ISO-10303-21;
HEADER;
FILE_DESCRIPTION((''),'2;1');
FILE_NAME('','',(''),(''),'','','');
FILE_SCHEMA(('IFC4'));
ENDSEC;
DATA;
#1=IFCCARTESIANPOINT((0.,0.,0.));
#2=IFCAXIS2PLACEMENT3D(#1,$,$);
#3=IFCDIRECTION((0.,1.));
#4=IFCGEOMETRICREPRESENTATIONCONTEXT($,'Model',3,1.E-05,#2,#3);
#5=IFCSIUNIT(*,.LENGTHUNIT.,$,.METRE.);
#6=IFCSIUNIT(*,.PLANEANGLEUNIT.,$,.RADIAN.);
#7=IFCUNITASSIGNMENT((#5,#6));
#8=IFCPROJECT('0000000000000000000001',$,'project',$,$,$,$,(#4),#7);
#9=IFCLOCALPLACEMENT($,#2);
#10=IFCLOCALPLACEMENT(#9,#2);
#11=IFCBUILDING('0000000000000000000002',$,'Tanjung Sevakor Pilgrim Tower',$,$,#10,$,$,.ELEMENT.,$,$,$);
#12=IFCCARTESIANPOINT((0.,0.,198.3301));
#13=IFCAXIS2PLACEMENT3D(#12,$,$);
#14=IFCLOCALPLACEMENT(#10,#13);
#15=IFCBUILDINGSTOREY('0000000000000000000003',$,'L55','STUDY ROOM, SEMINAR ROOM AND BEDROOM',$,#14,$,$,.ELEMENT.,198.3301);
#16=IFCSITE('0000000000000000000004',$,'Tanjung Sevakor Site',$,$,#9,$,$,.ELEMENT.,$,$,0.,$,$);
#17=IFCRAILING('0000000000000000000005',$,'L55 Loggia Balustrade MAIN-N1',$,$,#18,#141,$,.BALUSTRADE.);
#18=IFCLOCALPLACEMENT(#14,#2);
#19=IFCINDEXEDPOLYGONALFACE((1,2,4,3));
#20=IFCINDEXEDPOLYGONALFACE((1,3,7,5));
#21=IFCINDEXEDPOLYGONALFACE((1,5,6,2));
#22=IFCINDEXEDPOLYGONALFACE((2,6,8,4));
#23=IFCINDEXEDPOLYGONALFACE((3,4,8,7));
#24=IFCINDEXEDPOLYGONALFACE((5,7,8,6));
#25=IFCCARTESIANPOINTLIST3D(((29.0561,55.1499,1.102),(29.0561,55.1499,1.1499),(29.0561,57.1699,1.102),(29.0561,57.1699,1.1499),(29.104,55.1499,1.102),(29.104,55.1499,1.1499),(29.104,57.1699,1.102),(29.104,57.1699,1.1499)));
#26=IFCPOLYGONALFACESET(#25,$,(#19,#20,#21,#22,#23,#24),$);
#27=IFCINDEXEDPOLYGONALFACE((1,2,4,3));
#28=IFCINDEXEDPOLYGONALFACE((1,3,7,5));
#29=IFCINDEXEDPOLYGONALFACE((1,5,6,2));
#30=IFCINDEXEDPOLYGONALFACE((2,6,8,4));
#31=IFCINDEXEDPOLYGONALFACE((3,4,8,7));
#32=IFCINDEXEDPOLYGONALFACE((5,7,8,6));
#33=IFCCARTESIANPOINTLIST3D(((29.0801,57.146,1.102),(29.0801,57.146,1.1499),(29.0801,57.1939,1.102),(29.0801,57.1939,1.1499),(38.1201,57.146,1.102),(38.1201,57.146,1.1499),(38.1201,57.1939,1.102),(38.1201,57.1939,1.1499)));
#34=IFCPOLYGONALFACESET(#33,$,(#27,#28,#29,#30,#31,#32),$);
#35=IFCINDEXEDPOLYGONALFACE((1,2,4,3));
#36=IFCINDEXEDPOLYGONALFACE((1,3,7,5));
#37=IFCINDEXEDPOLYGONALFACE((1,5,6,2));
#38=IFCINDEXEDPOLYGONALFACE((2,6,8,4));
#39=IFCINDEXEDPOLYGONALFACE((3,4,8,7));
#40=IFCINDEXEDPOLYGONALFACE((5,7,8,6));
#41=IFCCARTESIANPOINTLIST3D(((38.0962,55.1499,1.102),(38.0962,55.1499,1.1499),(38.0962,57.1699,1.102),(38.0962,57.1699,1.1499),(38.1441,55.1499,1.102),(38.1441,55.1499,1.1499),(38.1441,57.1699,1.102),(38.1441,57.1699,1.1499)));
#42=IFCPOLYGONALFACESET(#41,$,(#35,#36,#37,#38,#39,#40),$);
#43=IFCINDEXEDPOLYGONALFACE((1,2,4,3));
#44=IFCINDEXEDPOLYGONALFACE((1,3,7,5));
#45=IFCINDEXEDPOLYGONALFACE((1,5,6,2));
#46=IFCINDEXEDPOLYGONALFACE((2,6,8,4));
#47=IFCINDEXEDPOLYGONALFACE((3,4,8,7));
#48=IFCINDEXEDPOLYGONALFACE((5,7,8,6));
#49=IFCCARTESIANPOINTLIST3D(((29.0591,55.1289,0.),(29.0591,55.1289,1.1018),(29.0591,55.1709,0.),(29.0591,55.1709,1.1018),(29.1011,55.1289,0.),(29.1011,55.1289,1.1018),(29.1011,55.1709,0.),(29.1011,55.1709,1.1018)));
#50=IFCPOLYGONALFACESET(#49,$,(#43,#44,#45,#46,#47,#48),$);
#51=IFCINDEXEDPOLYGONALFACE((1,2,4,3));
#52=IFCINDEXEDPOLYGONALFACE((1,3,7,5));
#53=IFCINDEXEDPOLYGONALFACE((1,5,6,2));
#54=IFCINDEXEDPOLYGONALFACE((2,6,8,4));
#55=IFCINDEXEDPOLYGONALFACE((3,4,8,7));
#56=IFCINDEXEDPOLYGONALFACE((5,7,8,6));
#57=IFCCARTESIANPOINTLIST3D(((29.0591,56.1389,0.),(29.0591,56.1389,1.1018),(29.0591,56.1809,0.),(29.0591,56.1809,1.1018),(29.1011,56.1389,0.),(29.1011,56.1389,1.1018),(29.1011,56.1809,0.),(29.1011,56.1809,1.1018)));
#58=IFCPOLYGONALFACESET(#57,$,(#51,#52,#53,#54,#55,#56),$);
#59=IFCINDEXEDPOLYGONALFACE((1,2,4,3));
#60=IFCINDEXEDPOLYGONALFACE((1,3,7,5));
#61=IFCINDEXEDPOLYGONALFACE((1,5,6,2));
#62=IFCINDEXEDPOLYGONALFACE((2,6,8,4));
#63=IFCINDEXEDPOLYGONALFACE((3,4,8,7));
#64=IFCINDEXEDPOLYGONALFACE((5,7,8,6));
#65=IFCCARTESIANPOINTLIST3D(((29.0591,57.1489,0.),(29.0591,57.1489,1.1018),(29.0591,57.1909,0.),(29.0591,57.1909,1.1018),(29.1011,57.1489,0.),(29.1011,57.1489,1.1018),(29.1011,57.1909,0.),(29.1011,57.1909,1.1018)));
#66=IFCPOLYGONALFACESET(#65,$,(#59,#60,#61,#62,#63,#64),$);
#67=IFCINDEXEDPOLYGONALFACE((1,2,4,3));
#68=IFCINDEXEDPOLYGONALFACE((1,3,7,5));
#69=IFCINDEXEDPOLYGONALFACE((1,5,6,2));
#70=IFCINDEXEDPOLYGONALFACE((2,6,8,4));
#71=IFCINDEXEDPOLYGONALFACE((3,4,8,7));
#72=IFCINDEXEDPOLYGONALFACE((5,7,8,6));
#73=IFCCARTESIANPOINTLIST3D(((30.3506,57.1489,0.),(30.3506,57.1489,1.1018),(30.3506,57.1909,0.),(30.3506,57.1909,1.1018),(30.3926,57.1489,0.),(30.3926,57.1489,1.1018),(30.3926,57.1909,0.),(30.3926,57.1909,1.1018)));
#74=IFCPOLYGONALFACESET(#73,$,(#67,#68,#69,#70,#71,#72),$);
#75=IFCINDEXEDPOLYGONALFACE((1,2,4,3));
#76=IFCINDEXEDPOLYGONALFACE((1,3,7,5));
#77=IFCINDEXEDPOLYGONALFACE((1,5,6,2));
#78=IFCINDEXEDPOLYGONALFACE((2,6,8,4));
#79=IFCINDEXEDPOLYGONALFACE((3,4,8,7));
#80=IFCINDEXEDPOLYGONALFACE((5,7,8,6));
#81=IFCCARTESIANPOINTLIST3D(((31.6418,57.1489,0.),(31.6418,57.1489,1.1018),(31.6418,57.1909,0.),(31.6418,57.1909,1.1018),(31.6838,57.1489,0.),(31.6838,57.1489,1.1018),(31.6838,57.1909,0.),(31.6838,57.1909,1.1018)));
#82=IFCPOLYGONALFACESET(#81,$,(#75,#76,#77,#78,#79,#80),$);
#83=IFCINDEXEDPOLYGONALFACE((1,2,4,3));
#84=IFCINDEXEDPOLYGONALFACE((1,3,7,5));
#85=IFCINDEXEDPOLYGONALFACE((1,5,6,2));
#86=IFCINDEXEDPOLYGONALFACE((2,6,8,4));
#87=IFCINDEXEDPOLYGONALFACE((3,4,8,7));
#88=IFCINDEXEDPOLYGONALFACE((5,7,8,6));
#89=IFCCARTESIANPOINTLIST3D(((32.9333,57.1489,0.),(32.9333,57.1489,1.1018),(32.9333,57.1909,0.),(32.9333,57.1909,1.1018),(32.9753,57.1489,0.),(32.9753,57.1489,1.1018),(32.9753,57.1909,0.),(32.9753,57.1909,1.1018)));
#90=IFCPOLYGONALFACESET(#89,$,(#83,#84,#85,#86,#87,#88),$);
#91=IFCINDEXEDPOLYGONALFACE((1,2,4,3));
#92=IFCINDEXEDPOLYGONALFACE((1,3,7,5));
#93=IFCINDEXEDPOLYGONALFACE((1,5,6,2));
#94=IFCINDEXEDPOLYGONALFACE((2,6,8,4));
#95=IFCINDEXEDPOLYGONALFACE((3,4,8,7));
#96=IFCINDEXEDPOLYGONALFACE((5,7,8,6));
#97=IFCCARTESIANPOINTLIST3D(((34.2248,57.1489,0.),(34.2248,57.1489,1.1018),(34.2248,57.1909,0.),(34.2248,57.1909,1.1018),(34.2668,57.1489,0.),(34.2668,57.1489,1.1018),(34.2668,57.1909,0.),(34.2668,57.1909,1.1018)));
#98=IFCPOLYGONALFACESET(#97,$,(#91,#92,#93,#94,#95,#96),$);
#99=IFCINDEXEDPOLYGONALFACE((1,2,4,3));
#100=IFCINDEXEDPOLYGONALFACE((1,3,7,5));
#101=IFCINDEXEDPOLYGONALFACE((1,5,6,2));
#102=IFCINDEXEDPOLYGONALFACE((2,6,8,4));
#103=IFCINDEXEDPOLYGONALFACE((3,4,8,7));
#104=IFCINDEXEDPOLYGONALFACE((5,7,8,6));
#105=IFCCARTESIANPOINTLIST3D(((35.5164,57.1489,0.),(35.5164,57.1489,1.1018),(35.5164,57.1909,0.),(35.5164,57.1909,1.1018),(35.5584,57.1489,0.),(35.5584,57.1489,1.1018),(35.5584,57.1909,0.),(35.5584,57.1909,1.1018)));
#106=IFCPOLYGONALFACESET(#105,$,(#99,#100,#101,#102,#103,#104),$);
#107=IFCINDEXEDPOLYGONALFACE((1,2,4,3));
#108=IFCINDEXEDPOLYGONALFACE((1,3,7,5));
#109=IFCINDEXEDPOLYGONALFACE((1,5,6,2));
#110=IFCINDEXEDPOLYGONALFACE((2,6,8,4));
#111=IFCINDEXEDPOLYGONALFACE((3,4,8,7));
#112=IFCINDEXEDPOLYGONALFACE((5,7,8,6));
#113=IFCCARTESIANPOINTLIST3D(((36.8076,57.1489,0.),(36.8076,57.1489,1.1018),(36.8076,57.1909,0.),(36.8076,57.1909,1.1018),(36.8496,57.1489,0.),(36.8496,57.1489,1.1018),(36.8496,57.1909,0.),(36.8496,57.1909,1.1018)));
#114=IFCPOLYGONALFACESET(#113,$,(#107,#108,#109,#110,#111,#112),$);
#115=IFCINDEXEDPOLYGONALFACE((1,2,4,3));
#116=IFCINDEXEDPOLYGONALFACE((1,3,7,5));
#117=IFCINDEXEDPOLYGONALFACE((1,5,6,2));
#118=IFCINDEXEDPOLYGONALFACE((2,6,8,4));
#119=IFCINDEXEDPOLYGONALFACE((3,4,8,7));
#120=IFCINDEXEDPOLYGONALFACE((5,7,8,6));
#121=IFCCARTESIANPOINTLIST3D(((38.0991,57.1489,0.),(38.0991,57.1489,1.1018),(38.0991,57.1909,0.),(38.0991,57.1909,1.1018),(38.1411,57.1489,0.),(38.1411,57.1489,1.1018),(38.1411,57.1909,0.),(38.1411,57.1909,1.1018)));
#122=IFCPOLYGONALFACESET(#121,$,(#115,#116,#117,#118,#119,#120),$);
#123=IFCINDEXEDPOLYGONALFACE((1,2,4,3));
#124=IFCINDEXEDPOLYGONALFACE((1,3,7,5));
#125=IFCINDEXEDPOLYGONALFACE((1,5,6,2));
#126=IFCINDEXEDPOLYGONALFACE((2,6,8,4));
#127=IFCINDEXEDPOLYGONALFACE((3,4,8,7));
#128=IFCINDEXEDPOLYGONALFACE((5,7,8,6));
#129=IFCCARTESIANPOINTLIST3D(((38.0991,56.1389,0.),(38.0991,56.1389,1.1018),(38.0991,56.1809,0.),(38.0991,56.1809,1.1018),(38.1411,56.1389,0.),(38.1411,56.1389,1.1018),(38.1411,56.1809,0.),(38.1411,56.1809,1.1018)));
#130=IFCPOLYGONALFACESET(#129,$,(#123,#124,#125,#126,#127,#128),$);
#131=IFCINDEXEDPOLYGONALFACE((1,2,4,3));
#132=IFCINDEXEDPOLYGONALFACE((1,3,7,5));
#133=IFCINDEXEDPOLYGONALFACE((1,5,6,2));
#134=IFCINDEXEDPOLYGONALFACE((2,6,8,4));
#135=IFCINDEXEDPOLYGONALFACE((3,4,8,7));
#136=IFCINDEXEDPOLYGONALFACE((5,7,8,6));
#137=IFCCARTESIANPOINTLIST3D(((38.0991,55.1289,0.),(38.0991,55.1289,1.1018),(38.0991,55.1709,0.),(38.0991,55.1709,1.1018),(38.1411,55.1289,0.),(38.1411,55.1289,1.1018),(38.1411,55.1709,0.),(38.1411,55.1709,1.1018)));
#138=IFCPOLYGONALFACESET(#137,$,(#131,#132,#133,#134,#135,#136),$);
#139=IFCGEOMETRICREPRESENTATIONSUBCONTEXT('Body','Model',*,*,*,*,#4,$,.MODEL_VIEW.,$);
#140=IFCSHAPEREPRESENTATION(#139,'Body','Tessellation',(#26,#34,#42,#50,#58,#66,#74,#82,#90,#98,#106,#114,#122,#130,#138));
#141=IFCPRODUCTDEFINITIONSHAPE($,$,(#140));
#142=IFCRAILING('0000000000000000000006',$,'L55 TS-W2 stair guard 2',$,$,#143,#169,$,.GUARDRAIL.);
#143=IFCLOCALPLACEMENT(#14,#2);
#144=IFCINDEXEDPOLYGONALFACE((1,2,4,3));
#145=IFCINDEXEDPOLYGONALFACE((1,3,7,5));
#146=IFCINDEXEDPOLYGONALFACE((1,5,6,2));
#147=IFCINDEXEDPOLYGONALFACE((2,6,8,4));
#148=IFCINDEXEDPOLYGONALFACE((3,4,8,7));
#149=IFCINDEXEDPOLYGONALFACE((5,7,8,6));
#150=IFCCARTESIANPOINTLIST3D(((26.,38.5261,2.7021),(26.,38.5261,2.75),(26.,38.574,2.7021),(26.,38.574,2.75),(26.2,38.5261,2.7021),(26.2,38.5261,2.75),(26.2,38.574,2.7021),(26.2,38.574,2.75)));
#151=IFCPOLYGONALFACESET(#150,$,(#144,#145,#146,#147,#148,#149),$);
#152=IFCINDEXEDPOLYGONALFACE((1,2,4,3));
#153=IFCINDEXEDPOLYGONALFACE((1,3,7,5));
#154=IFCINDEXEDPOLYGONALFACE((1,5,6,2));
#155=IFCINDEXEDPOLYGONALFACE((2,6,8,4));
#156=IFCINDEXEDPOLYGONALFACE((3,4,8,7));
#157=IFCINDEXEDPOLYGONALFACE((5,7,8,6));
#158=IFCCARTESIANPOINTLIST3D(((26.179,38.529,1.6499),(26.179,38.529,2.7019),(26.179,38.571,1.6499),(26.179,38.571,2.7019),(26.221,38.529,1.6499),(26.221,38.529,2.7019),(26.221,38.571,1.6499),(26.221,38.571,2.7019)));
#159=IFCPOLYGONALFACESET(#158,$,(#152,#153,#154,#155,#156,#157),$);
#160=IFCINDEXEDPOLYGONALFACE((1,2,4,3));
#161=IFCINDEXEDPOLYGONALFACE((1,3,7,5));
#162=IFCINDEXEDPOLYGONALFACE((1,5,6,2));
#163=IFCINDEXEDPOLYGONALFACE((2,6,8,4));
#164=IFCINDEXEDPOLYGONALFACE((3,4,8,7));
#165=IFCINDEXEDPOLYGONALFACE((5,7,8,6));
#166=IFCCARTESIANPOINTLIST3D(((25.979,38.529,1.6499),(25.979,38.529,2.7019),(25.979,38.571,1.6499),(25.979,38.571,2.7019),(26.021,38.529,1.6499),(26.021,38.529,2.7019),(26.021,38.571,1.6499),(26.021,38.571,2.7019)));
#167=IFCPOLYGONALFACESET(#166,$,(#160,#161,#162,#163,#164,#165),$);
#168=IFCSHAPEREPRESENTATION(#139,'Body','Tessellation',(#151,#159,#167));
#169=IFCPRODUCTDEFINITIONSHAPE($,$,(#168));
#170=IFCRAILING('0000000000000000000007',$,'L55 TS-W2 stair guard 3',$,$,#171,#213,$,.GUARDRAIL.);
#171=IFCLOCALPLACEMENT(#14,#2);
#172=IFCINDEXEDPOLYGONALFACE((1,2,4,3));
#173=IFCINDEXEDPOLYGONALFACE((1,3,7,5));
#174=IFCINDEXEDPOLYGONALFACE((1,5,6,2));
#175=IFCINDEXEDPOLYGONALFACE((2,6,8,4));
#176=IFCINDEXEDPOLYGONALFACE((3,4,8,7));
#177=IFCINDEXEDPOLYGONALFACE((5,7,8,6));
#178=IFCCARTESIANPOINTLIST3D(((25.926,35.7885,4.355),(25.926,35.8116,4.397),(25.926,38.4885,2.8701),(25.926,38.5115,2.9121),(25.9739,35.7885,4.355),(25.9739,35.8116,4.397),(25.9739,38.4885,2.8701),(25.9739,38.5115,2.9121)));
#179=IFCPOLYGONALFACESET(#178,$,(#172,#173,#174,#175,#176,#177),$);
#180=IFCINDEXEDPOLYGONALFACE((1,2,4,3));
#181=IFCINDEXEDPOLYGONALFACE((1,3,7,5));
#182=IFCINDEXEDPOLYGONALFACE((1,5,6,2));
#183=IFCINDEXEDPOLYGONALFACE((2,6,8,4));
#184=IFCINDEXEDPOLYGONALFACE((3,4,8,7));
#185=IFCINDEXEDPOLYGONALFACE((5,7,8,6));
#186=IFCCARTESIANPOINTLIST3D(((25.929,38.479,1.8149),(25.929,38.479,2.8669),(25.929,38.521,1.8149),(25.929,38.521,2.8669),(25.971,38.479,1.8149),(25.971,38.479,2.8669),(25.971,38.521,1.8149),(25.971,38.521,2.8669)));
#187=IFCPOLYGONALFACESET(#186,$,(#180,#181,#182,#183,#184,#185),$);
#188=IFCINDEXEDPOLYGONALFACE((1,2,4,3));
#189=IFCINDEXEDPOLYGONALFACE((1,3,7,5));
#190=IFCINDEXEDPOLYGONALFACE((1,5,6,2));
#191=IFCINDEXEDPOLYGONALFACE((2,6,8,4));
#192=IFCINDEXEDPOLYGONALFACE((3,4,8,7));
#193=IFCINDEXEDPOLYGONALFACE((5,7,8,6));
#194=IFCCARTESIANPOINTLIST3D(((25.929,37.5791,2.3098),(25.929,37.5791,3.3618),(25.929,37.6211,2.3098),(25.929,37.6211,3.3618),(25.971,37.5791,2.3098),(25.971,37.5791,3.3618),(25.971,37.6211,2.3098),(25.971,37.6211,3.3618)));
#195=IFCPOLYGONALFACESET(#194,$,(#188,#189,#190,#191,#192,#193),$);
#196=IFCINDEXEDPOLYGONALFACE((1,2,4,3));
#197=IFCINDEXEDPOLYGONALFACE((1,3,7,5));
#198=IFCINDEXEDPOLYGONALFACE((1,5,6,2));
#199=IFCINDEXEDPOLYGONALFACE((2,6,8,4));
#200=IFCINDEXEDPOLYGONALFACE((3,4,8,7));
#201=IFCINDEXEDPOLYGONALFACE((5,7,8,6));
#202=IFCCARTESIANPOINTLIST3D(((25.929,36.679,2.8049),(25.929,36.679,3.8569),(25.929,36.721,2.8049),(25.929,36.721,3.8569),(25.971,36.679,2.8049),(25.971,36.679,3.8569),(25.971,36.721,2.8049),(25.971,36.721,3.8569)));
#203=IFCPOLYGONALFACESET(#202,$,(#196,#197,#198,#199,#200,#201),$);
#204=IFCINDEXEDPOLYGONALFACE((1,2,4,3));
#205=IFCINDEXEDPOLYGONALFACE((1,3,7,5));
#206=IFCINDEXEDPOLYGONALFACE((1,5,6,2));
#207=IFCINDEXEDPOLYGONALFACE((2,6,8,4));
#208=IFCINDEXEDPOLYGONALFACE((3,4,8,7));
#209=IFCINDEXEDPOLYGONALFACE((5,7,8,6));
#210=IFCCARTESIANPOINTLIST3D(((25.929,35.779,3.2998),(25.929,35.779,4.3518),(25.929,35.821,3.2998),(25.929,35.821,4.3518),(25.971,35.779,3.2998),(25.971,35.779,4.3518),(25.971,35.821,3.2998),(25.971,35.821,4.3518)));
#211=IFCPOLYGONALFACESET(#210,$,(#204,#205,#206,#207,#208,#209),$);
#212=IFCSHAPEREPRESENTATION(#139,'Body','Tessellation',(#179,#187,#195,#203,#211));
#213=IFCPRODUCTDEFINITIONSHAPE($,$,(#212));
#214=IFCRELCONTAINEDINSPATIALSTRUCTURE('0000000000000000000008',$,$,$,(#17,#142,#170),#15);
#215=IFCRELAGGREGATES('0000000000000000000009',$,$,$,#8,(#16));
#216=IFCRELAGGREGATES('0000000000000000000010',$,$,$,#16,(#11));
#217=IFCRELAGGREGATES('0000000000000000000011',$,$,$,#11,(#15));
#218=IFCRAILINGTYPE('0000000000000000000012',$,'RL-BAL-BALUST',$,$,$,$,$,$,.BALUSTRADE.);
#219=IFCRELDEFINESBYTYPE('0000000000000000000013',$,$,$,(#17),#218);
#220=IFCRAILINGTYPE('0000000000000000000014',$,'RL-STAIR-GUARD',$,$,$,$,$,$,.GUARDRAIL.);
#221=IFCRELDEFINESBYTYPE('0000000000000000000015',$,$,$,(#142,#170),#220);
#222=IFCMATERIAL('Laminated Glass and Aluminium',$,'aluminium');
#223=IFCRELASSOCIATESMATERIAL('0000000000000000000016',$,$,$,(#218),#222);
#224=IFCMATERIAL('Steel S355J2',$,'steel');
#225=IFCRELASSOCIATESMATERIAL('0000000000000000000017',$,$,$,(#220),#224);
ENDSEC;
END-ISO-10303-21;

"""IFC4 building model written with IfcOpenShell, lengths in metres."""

from ifc_helpers import new_model, si_unit, direction, frame, origin, place, context, subcontext, project, spatial, rectangle, extrude, material, type_object, element, save


model = new_model("IFC4")

# Units and contexts
model_context = context("Model", 3, precision=1e-05, world=origin(), true_north=direction((0.0, 1.0)))
body_context = subcontext(model_context, "Body", "Model", "MODEL_VIEW")
ifc_project = project(units=[si_unit("LENGTHUNIT", "METRE"), si_unit("PLANEANGLEUNIT", "RADIAN")], contexts=[model_context])

# Site, building, storey
site_placement = place(None, origin())
site = spatial("IfcSite", under=ifc_project, at=site_placement, Name="Tanjung Sevakor Site", CompositionType="ELEMENT", RefElevation=0.0)
building_placement = place(site_placement, origin())
building = spatial("IfcBuilding", under=site, at=building_placement, Name="Tanjung Sevakor Pilgrim Tower", CompositionType="ELEMENT")
storey_placement = place(building_placement, frame((0.0, 0.0, 198.3301)))
storey = spatial("IfcBuildingStorey", under=building, at=storey_placement, Name="L55", Description="STUDY ROOM, SEMINAR ROOM AND BEDROOM", CompositionType="ELEMENT", Elevation=198.3301)

# Railings
ifc_material_1 = material(Name="Laminated Glass and Aluminium", Category="aluminium")
railing_type_1 = type_object("IfcRailingType", Name="RL-BAL-BALUST", PredefinedType="BALUSTRADE", material=ifc_material_1)
railing_1_placement = place(storey_placement, frame((29.0801, 55.1499, 0.0)))
element("IfcRailing", 1, at=railing_1_placement, inside=storey, type_object=railing_type_1, Name="L55 Loggia Balustrade MAIN-N1", PredefinedType="BALUSTRADE", context=body_context, shape_type="SweptSolid", body=[
    extrude(rectangle(XDim=0.0479, YDim=0.0479), frame((0.0, 0.0, 1.126), z_axis=(0.0, 1.0, 0.0), x_axis=(-1.0, 0.0, 0.0)), (0.0, 0.0, 1.0), 2.02),
    extrude(rectangle(XDim=0.0479, YDim=0.0479), frame((0.0, 2.02, 1.126), z_axis=(1.0, 0.0, 0.0), x_axis=(0.0, 1.0, 0.0)), (0.0, 0.0, 1.0), 9.04),
    extrude(rectangle(XDim=0.0479, YDim=0.0479), frame((9.04, 2.02, 1.126), z_axis=(0.0, -1.0, 0.0), x_axis=(1.0, 0.0, 0.0)), (0.0, 0.0, 1.0), 2.02),
    extrude(rectangle(XDim=0.042, YDim=0.042), origin(), (0.0, 0.0, 1.0), 1.1018),
    extrude(rectangle(XDim=0.042, YDim=0.042), frame((0.0, 1.01, 0.0)), (0.0, 0.0, 1.0), 1.1018),
    extrude(rectangle(XDim=0.042, YDim=0.042), frame((0.0, 2.02, 0.0)), (0.0, 0.0, 1.0), 1.1018),
    extrude(rectangle(XDim=0.042, YDim=0.042), frame((1.2915, 2.02, 0.0)), (0.0, 0.0, 1.0), 1.1018),
    extrude(rectangle(XDim=0.042, YDim=0.042), frame((2.5828, 2.02, 0.0)), (0.0, 0.0, 1.0), 1.1018),
    extrude(rectangle(XDim=0.042, YDim=0.042), frame((3.8743, 2.02, 0.0)), (0.0, 0.0, 1.0), 1.1018),
    extrude(rectangle(XDim=0.042, YDim=0.042), frame((5.1658, 2.02, 0.0)), (0.0, 0.0, 1.0), 1.1018),
    extrude(rectangle(XDim=0.042, YDim=0.042), frame((6.4573, 2.02, 0.0)), (0.0, 0.0, 1.0), 1.1018),
    extrude(rectangle(XDim=0.042, YDim=0.042), frame((7.7485, 2.02, 0.0)), (0.0, 0.0, 1.0), 1.1018),
    extrude(rectangle(XDim=0.042, YDim=0.042), frame((9.04, 2.02, 0.0)), (0.0, 0.0, 1.0), 1.1018),
    extrude(rectangle(XDim=0.042, YDim=0.042), frame((9.04, 1.01, 0.0)), (0.0, 0.0, 1.0), 1.1018),
    extrude(rectangle(XDim=0.042, YDim=0.042), frame((9.04, 0.0, 0.0)), (0.0, 0.0, 1.0), 1.1018),
])
ifc_material_2 = material(Name="Steel S355J2", Category="steel")
railing_type_2 = type_object("IfcRailingType", Name="RL-STAIR-GUARD", PredefinedType="GUARDRAIL", material=ifc_material_2)
railing_2_placement = place(storey_placement, frame((26.2, 38.55, 1.6499)))
element("IfcRailing", 2, at=railing_2_placement, inside=storey, type_object=railing_type_2, Name="L55 TS-W2 stair guard 2", PredefinedType="GUARDRAIL", context=body_context, shape_type="SweptSolid", body=[
    extrude(rectangle(XDim=0.0479, YDim=0.0479), frame((0.0, 0.0, 1.0762), z_axis=(-1.0, 0.0, 0.0), x_axis=(0.0, -1.0, 0.0)), (0.0, 0.0, 1.0), 0.2),
    extrude(rectangle(XDim=0.042, YDim=0.042), origin(), (0.0, 0.0, 1.0), 1.052),
    extrude(rectangle(XDim=0.042, YDim=0.042), frame((-0.2, 0.0, 0.0)), (0.0, 0.0, 1.0), 1.052),
])
railing_3_placement = place(storey_placement, frame((25.95, 38.5, 1.8149)))
element("IfcRailing", 3, at=railing_3_placement, inside=storey, type_object=railing_type_2, Name="L55 TS-W2 stair guard 3", PredefinedType="GUARDRAIL", context=body_context, shape_type="SweptSolid", body=[
    extrude(rectangle(XDim=0.0479, YDim=0.0479), frame((0.0, 0.0, 1.0762), z_axis=(0.0, -0.876231, 0.481891), x_axis=(1.0, 0.0, 0.0)), (0.0, 0.0, 1.0), 3.0813),
    extrude(rectangle(XDim=0.042, YDim=0.042), origin(), (0.0, 0.0, 1.0), 1.052),
    extrude(rectangle(XDim=0.042, YDim=0.042), frame((0.0, -0.8999, 0.4949)), (0.0, 0.0, 1.0), 1.052),
    extrude(rectangle(XDim=0.042, YDim=0.042), frame((0.0, -1.8, 0.99)), (0.0, 0.0, 1.0), 1.052),
    extrude(rectangle(XDim=0.042, YDim=0.042), frame((0.0, -2.7, 1.4849)), (0.0, 0.0, 1.0), 1.052),
])

save(model, "model.ifc")
